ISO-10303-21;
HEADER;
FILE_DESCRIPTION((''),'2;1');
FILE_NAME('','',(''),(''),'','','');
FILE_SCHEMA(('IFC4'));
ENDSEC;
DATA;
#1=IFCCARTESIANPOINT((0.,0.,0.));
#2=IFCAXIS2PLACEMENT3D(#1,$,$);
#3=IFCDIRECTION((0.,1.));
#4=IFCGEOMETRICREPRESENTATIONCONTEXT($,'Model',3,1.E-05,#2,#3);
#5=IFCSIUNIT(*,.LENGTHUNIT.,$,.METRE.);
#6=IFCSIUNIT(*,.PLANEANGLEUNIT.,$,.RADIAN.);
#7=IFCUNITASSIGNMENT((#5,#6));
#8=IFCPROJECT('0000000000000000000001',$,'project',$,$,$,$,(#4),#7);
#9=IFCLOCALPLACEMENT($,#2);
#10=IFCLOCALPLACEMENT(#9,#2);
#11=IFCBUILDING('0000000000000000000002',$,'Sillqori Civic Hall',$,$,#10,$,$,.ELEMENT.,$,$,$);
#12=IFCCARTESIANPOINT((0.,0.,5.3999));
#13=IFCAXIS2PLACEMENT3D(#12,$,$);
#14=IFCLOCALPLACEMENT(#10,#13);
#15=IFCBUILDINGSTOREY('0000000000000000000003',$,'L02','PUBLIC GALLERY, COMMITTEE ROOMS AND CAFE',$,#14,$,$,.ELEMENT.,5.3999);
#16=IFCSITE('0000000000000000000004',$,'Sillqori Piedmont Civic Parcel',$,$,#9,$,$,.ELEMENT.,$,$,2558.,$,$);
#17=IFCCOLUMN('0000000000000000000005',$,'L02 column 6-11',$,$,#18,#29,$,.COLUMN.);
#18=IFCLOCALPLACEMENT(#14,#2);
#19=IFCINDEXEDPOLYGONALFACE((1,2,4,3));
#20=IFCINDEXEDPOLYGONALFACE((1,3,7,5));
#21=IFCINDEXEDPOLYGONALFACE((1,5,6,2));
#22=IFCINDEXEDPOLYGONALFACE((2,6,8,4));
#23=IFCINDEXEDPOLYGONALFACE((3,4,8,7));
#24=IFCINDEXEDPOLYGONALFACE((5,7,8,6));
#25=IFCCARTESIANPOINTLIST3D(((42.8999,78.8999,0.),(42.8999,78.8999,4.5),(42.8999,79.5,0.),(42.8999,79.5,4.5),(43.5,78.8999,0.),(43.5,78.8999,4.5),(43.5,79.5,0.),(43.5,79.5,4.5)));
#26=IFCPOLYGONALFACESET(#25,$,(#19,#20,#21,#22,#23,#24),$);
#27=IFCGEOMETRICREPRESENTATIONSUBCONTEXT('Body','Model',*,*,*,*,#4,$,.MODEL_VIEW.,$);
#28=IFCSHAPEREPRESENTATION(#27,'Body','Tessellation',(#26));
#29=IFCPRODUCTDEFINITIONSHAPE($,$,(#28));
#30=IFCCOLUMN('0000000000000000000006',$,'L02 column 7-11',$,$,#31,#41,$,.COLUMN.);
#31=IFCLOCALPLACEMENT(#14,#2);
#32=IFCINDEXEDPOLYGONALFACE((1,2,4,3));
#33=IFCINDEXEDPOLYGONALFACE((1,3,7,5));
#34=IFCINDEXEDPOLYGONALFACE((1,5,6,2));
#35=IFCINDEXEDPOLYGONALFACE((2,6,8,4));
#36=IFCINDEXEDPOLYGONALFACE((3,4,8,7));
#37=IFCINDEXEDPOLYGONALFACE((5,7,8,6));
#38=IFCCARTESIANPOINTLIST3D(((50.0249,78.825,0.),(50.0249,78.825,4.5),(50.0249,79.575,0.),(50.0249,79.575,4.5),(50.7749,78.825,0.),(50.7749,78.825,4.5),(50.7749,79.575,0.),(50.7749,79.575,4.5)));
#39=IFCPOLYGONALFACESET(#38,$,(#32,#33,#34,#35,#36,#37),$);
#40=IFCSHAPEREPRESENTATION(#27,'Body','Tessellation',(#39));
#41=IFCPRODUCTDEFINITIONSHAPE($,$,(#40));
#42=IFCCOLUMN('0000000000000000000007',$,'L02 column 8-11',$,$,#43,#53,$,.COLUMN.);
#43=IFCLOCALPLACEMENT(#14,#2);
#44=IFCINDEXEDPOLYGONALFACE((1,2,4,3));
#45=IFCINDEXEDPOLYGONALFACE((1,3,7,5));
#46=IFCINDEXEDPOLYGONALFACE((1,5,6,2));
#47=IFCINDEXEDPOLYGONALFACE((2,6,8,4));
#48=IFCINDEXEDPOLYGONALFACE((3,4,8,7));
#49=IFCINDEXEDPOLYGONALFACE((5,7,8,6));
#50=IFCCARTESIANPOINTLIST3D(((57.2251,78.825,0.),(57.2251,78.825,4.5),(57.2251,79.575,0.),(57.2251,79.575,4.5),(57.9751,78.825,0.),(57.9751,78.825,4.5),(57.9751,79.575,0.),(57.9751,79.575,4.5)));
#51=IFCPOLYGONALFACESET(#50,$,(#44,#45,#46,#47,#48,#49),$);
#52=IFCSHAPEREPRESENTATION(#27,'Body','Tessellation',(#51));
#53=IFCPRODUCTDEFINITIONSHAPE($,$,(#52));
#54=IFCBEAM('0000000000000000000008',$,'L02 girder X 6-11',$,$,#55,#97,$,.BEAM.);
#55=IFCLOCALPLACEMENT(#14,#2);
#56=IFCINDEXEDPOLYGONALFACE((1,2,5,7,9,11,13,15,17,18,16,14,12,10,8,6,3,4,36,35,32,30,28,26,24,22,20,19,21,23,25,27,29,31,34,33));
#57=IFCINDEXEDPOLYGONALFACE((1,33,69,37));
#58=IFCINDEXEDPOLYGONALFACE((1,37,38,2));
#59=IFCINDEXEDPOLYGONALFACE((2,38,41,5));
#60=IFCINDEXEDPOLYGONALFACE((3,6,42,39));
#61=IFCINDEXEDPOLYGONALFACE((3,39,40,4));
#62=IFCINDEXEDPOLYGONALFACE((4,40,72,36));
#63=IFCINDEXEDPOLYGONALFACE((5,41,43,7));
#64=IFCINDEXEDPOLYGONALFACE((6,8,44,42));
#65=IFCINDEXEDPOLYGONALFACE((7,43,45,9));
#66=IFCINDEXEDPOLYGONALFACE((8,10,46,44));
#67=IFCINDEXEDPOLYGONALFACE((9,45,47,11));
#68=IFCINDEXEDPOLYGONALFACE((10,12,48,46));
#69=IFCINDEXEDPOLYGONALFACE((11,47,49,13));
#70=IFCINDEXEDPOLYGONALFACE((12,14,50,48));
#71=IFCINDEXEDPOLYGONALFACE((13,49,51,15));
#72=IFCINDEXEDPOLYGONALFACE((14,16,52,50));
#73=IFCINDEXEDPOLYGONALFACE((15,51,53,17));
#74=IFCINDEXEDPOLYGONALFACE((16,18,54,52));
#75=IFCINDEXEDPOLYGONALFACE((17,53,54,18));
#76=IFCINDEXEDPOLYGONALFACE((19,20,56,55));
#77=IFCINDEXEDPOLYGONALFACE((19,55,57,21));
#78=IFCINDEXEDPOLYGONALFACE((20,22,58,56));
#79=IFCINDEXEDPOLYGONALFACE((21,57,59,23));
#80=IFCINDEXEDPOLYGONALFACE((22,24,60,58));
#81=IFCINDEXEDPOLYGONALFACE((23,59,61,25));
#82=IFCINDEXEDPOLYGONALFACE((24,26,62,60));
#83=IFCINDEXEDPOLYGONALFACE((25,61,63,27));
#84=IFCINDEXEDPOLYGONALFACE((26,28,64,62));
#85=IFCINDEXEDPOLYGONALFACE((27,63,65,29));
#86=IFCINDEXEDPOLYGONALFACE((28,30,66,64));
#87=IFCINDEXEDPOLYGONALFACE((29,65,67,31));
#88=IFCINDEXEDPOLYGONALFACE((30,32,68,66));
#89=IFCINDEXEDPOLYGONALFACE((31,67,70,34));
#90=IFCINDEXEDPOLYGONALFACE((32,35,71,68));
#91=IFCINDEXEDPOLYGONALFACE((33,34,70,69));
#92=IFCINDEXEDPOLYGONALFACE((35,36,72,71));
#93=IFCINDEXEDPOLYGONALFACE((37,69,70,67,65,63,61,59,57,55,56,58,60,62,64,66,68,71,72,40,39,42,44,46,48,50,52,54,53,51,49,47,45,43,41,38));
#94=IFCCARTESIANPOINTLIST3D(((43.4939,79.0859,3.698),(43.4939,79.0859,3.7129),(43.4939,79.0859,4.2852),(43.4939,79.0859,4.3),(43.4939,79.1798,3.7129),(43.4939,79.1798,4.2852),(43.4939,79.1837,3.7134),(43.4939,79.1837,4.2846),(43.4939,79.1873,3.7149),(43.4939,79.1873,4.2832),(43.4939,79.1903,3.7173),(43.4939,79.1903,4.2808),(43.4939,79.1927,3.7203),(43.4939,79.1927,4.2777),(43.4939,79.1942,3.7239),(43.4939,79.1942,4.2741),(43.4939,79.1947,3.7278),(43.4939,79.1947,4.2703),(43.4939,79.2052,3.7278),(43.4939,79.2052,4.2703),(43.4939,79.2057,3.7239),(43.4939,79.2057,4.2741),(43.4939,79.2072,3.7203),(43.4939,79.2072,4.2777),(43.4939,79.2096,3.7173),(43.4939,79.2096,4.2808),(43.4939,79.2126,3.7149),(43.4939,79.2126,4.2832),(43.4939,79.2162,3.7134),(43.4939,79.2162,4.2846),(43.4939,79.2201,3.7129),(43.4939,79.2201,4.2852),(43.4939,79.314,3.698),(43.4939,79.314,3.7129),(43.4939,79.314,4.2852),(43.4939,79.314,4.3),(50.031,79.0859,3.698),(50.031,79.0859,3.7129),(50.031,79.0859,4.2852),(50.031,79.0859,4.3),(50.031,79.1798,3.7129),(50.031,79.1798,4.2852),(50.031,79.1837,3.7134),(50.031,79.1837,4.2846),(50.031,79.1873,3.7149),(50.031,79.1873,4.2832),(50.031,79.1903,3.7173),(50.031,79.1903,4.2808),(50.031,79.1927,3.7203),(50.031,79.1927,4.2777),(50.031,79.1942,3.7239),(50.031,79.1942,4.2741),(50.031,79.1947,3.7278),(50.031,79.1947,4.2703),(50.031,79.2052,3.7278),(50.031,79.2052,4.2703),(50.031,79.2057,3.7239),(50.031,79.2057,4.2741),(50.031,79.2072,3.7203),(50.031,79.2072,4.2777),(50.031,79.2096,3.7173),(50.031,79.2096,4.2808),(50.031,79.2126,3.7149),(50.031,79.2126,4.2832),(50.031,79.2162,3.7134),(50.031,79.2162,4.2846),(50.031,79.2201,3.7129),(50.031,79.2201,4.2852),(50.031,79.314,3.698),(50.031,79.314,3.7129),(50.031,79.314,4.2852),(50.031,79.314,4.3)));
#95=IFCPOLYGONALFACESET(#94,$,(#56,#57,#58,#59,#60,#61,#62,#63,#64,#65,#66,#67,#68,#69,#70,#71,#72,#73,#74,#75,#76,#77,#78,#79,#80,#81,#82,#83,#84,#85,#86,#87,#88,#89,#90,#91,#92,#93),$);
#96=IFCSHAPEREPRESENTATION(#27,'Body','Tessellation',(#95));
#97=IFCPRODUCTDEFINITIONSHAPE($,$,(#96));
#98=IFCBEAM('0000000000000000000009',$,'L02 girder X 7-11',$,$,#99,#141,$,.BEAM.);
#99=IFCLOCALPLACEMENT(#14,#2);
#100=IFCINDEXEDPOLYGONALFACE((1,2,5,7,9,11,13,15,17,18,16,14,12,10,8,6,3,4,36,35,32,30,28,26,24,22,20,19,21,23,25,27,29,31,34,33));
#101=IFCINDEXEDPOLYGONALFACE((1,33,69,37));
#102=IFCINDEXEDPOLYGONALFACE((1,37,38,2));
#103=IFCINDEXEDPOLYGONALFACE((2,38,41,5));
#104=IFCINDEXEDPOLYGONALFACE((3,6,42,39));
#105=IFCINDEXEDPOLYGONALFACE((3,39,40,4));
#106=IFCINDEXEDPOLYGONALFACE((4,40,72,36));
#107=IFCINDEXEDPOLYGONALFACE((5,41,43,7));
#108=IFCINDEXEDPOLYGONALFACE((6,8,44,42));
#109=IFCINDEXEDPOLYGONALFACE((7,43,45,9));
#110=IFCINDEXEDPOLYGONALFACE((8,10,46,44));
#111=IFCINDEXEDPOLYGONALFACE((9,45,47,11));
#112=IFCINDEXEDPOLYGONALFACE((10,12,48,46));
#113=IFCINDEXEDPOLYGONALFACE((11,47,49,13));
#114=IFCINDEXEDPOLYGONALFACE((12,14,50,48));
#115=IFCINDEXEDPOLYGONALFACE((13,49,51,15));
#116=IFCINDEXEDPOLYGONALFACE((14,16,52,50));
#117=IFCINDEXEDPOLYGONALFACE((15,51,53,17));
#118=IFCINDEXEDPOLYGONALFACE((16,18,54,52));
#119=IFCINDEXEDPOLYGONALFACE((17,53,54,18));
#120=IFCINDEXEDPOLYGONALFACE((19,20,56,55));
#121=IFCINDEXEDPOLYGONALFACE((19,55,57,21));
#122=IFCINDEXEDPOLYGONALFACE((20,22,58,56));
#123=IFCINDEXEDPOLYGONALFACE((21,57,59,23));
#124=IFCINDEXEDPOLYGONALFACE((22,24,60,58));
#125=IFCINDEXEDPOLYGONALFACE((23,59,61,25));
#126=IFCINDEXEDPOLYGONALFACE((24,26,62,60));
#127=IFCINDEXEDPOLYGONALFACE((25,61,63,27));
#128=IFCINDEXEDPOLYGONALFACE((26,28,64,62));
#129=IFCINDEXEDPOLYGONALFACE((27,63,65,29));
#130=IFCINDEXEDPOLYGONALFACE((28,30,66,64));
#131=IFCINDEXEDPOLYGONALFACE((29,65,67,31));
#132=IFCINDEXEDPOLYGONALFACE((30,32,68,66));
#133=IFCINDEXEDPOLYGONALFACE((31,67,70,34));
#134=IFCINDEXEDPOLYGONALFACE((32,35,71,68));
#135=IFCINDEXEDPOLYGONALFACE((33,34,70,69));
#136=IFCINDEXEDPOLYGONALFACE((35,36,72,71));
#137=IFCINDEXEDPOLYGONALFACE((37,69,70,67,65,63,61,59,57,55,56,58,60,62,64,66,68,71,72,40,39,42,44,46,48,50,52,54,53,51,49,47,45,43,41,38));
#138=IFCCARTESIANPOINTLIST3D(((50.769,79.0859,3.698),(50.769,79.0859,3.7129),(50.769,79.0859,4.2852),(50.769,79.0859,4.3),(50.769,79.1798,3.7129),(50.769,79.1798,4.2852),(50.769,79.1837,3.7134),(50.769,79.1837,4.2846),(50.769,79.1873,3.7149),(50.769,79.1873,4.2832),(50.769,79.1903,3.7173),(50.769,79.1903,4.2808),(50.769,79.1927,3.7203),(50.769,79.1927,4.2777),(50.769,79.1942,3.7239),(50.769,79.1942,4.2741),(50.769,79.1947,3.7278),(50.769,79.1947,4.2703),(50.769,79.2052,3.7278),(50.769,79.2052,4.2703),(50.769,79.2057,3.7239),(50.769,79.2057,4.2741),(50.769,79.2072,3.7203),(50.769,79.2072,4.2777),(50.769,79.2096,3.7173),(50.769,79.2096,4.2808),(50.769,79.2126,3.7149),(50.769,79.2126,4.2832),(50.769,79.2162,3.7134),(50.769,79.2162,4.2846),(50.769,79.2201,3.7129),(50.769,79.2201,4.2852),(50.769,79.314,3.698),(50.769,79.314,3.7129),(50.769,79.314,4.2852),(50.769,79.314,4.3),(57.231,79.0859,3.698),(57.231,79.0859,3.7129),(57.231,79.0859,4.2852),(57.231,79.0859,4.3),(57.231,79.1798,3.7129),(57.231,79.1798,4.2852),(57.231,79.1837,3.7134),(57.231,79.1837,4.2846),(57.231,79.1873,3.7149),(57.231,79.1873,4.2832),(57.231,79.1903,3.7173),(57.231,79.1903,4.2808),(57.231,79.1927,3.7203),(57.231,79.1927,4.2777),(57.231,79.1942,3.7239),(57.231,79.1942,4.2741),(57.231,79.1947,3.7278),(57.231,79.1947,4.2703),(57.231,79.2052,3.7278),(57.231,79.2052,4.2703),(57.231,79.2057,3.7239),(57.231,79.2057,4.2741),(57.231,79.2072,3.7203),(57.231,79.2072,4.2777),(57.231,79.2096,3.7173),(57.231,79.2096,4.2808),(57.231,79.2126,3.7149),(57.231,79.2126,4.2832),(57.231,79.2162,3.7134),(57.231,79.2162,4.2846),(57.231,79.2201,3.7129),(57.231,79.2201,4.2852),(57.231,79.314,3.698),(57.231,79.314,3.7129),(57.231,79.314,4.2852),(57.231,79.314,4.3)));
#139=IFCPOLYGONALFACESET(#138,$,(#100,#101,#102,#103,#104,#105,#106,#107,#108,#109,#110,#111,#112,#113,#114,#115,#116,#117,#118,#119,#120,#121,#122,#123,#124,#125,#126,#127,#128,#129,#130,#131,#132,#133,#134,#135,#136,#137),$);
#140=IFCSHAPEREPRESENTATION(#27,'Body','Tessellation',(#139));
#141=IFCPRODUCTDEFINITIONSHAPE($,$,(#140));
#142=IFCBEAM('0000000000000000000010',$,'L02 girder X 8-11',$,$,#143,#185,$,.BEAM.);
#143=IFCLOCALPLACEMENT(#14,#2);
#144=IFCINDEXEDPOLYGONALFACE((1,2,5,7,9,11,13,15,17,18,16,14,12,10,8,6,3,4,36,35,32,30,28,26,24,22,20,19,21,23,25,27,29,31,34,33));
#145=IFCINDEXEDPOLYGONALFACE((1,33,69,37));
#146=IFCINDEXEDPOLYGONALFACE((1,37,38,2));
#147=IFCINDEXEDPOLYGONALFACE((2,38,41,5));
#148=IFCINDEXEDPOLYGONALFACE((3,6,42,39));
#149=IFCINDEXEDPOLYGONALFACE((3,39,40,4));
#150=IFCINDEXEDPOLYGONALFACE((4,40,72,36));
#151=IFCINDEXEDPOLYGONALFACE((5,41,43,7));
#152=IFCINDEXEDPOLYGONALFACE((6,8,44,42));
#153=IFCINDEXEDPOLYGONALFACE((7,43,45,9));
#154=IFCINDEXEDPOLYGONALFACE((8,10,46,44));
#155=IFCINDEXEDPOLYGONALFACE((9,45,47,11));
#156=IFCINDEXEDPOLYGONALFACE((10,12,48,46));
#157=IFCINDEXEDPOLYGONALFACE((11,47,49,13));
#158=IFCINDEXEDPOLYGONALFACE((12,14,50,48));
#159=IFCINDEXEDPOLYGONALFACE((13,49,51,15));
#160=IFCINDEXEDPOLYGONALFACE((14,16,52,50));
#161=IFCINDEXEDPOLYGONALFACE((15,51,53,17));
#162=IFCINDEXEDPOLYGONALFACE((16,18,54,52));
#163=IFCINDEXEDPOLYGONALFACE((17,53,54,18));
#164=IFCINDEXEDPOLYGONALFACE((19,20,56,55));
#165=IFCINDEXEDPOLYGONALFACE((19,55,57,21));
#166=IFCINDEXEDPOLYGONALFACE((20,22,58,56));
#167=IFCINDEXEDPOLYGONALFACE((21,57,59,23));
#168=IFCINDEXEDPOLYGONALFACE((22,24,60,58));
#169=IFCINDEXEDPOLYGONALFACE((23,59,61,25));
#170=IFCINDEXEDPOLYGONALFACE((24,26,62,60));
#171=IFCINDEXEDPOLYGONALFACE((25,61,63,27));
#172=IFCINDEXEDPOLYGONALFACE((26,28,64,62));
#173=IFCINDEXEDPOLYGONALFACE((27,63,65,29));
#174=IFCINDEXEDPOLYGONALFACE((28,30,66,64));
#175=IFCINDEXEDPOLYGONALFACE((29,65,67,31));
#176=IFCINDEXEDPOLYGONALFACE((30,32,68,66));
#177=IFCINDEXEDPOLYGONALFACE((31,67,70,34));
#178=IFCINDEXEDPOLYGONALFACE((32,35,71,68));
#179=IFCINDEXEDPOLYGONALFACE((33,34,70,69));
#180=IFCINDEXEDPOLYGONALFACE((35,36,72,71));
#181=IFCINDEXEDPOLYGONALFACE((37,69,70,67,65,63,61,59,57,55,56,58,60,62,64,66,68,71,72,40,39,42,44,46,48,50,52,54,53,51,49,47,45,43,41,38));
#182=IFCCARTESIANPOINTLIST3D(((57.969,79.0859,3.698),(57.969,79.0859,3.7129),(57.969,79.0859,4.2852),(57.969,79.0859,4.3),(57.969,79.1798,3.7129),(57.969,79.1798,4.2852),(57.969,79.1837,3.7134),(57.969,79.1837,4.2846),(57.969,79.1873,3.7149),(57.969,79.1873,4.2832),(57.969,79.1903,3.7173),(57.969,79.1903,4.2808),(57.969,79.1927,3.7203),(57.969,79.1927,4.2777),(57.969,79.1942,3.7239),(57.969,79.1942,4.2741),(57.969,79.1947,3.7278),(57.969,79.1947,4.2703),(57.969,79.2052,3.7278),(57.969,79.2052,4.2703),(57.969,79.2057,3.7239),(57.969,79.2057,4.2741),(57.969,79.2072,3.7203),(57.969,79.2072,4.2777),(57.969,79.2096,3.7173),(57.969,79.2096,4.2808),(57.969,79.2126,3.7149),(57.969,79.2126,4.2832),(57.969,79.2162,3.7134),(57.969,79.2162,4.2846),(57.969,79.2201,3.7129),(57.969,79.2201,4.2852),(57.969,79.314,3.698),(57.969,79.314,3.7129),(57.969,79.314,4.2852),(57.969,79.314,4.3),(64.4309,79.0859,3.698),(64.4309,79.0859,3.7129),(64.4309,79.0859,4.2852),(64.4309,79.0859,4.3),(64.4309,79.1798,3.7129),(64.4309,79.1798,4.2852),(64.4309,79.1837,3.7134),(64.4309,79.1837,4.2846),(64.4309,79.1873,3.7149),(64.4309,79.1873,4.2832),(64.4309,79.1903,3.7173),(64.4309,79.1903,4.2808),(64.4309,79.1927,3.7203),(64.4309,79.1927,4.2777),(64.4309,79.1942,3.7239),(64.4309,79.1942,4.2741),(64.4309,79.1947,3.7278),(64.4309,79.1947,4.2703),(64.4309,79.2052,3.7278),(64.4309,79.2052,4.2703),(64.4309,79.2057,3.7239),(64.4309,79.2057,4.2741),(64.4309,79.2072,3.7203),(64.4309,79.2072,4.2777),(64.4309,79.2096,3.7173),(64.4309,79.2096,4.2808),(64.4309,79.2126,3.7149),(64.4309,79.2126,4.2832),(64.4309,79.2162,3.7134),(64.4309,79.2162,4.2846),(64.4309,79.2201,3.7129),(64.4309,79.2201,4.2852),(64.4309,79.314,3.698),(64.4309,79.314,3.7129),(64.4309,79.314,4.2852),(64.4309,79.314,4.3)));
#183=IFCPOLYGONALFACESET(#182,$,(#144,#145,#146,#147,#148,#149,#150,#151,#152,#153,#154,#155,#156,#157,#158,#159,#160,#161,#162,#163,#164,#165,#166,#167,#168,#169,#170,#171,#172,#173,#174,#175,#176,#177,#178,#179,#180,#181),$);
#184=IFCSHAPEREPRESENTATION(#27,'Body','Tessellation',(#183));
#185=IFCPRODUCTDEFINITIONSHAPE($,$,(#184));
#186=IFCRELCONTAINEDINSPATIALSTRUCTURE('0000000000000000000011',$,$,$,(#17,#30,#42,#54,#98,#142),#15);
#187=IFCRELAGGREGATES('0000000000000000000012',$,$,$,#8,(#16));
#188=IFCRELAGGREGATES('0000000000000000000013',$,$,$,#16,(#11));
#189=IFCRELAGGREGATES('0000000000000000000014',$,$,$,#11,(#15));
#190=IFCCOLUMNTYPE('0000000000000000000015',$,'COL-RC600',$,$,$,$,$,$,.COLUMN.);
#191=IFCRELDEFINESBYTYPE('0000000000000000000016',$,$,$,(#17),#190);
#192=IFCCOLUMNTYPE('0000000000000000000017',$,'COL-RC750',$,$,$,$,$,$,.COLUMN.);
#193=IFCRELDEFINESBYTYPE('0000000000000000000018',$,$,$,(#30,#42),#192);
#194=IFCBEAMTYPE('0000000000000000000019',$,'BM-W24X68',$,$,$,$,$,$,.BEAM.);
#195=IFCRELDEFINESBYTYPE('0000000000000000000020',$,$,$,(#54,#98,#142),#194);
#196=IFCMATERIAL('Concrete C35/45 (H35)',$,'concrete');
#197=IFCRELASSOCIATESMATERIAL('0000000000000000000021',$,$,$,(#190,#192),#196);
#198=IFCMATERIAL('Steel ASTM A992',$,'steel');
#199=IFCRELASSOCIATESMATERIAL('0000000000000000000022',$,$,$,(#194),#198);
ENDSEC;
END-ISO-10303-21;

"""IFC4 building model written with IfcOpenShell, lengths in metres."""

from ifc_helpers import new_model, si_unit, direction, frame, origin, origin_2d, place, context, subcontext, project, spatial, rectangle, i_section, extrude, material, material_profile, profile_set, type_object, element, save


model = new_model("IFC4")

# Units and contexts
model_context = context("Model", 3, precision=1e-05, world=origin(), true_north=direction((0.0, 1.0)))
body_context = subcontext(model_context, "Body", "Model", "MODEL_VIEW")
ifc_project = project(units=[si_unit("LENGTHUNIT", "METRE"), si_unit("PLANEANGLEUNIT", "RADIAN")], contexts=[model_context])

# Site, building, storey
site_placement = place(None, origin())
site = spatial("IfcSite", under=ifc_project, at=site_placement, Name="Sillqori Piedmont Civic Parcel", CompositionType="ELEMENT", RefElevation=2558.0)
building_placement = place(site_placement, origin())
building = spatial("IfcBuilding", under=site, at=building_placement, Name="Sillqori Civic Hall", CompositionType="ELEMENT")
storey_placement = place(building_placement, frame((0.0, 0.0, 5.3999)))
storey = spatial("IfcBuildingStorey", under=building, at=storey_placement, Name="L02", Description="PUBLIC GALLERY, COMMITTEE ROOMS AND CAFE", CompositionType="ELEMENT", Elevation=5.3999)

# Columns
ifc_material_1 = material(Name="Concrete C35/45 (H35)", Category="concrete")
ifc_material_profile_1 = material_profile(ifc_material_1, rectangle(XDim=0.6001, YDim=0.6001, at=origin_2d()), Name="RC 600x600")
ifc_profile_set_1 = profile_set([ifc_material_profile_1], Name="Concrete C35/45 (H35)")
column_type_1 = type_object("IfcColumnType", Name="COL-RC600", PredefinedType="COLUMN", material=ifc_profile_set_1)
column_placement = place(storey_placement, frame((43.2, 79.2, 0.0), z_axis=(0.0, 0.0, 1.0), x_axis=(1.0, 0.0, 0.0)))
element("IfcColumn", 1, at=column_placement, inside=storey, type_object=column_type_1, Name="L02 column 6-11", PredefinedType="COLUMN", context=body_context, shape_type="SweptSolid", body=[
    extrude(rectangle(XDim=0.6001, YDim=0.6001, at=origin_2d()), origin(), (0.0, 0.0, 1.0), 4.5),
])
ifc_material_profile_2 = material_profile(ifc_material_1, rectangle(XDim=0.75, YDim=0.75, at=origin_2d()), Name="RC 750x750")
ifc_profile_set_2 = profile_set([ifc_material_profile_2], Name="Concrete C35/45 (H35)")
column_type_2 = type_object("IfcColumnType", Name="COL-RC750", PredefinedType="COLUMN", material=ifc_profile_set_2)
for number, where, z_axis, x_axis, name in (
    (2, (50.3999, 79.2, 0.0), (0.0, 0.0, 1.0), (1.0, 0.0, 0.0), "L02 column 7-11"),
    (3, (57.6001, 79.2, 0.0), (0.0, 0.0, 1.0), (1.0, 0.0, 0.0), "L02 column 8-11"),
):
    element("IfcColumn", number, at=place(storey_placement, frame(where, z_axis=z_axis, x_axis=x_axis)), inside=storey, type_object=column_type_2, Name=name, PredefinedType="COLUMN", context=body_context, shape_type="SweptSolid", body=[
        extrude(rectangle(XDim=0.75, YDim=0.75, at=origin_2d()), origin(), (0.0, 0.0, 1.0), 4.5),
    ])

# Beams
ifc_material_2 = material(Name="Steel ASTM A992", Category="steel")
ifc_material_profile_3 = material_profile(ifc_material_2, i_section(OverallWidth=0.228, OverallDepth=0.6021, WebThickness=0.0105, FlangeThickness=0.0149, FilletRadius=0.0149, at=origin_2d()), Name="W24X68")
ifc_profile_set_3 = profile_set([ifc_material_profile_3], Name="Steel ASTM A992")
beam_type = type_object("IfcBeamType", Name="BM-W24X68", PredefinedType="BEAM", material=ifc_profile_set_3)
beam_placement = place(storey_placement, frame((43.4939, 79.2, 3.999), z_axis=(1.0, 0.0, 0.0), x_axis=(0.0, 1.0, 0.0)))
element("IfcBeam", 4, at=beam_placement, inside=storey, type_object=beam_type, Name="L02 girder X 6-11", PredefinedType="BEAM", context=body_context, shape_type="SweptSolid", body=[
    extrude(i_section(OverallWidth=0.228, OverallDepth=0.6021, WebThickness=0.0105, FlangeThickness=0.0149, FilletRadius=0.0149, at=origin_2d()), origin(), (0.0, 0.0, 1.0), 6.5371),
])
for number, where, z_axis, x_axis, name in (
    (5, (50.769, 79.2, 3.999), (1.0, 0.0, 0.0), (0.0, 1.0, 0.0), "L02 girder X 7-11"),
    (6, (57.969, 79.2, 3.999), (1.0, 0.0, 0.0), (0.0, 1.0, 0.0), "L02 girder X 8-11"),
):
    element("IfcBeam", number, at=place(storey_placement, frame(where, z_axis=z_axis, x_axis=x_axis)), inside=storey, type_object=beam_type, Name=name, PredefinedType="BEAM", context=body_context, shape_type="SweptSolid", body=[
        extrude(i_section(OverallWidth=0.228, OverallDepth=0.6021, WebThickness=0.0105, FlangeThickness=0.0149, FilletRadius=0.0149, at=origin_2d()), origin(), (0.0, 0.0, 1.0), 6.4619),
    ])

save(model, "model.ifc")
